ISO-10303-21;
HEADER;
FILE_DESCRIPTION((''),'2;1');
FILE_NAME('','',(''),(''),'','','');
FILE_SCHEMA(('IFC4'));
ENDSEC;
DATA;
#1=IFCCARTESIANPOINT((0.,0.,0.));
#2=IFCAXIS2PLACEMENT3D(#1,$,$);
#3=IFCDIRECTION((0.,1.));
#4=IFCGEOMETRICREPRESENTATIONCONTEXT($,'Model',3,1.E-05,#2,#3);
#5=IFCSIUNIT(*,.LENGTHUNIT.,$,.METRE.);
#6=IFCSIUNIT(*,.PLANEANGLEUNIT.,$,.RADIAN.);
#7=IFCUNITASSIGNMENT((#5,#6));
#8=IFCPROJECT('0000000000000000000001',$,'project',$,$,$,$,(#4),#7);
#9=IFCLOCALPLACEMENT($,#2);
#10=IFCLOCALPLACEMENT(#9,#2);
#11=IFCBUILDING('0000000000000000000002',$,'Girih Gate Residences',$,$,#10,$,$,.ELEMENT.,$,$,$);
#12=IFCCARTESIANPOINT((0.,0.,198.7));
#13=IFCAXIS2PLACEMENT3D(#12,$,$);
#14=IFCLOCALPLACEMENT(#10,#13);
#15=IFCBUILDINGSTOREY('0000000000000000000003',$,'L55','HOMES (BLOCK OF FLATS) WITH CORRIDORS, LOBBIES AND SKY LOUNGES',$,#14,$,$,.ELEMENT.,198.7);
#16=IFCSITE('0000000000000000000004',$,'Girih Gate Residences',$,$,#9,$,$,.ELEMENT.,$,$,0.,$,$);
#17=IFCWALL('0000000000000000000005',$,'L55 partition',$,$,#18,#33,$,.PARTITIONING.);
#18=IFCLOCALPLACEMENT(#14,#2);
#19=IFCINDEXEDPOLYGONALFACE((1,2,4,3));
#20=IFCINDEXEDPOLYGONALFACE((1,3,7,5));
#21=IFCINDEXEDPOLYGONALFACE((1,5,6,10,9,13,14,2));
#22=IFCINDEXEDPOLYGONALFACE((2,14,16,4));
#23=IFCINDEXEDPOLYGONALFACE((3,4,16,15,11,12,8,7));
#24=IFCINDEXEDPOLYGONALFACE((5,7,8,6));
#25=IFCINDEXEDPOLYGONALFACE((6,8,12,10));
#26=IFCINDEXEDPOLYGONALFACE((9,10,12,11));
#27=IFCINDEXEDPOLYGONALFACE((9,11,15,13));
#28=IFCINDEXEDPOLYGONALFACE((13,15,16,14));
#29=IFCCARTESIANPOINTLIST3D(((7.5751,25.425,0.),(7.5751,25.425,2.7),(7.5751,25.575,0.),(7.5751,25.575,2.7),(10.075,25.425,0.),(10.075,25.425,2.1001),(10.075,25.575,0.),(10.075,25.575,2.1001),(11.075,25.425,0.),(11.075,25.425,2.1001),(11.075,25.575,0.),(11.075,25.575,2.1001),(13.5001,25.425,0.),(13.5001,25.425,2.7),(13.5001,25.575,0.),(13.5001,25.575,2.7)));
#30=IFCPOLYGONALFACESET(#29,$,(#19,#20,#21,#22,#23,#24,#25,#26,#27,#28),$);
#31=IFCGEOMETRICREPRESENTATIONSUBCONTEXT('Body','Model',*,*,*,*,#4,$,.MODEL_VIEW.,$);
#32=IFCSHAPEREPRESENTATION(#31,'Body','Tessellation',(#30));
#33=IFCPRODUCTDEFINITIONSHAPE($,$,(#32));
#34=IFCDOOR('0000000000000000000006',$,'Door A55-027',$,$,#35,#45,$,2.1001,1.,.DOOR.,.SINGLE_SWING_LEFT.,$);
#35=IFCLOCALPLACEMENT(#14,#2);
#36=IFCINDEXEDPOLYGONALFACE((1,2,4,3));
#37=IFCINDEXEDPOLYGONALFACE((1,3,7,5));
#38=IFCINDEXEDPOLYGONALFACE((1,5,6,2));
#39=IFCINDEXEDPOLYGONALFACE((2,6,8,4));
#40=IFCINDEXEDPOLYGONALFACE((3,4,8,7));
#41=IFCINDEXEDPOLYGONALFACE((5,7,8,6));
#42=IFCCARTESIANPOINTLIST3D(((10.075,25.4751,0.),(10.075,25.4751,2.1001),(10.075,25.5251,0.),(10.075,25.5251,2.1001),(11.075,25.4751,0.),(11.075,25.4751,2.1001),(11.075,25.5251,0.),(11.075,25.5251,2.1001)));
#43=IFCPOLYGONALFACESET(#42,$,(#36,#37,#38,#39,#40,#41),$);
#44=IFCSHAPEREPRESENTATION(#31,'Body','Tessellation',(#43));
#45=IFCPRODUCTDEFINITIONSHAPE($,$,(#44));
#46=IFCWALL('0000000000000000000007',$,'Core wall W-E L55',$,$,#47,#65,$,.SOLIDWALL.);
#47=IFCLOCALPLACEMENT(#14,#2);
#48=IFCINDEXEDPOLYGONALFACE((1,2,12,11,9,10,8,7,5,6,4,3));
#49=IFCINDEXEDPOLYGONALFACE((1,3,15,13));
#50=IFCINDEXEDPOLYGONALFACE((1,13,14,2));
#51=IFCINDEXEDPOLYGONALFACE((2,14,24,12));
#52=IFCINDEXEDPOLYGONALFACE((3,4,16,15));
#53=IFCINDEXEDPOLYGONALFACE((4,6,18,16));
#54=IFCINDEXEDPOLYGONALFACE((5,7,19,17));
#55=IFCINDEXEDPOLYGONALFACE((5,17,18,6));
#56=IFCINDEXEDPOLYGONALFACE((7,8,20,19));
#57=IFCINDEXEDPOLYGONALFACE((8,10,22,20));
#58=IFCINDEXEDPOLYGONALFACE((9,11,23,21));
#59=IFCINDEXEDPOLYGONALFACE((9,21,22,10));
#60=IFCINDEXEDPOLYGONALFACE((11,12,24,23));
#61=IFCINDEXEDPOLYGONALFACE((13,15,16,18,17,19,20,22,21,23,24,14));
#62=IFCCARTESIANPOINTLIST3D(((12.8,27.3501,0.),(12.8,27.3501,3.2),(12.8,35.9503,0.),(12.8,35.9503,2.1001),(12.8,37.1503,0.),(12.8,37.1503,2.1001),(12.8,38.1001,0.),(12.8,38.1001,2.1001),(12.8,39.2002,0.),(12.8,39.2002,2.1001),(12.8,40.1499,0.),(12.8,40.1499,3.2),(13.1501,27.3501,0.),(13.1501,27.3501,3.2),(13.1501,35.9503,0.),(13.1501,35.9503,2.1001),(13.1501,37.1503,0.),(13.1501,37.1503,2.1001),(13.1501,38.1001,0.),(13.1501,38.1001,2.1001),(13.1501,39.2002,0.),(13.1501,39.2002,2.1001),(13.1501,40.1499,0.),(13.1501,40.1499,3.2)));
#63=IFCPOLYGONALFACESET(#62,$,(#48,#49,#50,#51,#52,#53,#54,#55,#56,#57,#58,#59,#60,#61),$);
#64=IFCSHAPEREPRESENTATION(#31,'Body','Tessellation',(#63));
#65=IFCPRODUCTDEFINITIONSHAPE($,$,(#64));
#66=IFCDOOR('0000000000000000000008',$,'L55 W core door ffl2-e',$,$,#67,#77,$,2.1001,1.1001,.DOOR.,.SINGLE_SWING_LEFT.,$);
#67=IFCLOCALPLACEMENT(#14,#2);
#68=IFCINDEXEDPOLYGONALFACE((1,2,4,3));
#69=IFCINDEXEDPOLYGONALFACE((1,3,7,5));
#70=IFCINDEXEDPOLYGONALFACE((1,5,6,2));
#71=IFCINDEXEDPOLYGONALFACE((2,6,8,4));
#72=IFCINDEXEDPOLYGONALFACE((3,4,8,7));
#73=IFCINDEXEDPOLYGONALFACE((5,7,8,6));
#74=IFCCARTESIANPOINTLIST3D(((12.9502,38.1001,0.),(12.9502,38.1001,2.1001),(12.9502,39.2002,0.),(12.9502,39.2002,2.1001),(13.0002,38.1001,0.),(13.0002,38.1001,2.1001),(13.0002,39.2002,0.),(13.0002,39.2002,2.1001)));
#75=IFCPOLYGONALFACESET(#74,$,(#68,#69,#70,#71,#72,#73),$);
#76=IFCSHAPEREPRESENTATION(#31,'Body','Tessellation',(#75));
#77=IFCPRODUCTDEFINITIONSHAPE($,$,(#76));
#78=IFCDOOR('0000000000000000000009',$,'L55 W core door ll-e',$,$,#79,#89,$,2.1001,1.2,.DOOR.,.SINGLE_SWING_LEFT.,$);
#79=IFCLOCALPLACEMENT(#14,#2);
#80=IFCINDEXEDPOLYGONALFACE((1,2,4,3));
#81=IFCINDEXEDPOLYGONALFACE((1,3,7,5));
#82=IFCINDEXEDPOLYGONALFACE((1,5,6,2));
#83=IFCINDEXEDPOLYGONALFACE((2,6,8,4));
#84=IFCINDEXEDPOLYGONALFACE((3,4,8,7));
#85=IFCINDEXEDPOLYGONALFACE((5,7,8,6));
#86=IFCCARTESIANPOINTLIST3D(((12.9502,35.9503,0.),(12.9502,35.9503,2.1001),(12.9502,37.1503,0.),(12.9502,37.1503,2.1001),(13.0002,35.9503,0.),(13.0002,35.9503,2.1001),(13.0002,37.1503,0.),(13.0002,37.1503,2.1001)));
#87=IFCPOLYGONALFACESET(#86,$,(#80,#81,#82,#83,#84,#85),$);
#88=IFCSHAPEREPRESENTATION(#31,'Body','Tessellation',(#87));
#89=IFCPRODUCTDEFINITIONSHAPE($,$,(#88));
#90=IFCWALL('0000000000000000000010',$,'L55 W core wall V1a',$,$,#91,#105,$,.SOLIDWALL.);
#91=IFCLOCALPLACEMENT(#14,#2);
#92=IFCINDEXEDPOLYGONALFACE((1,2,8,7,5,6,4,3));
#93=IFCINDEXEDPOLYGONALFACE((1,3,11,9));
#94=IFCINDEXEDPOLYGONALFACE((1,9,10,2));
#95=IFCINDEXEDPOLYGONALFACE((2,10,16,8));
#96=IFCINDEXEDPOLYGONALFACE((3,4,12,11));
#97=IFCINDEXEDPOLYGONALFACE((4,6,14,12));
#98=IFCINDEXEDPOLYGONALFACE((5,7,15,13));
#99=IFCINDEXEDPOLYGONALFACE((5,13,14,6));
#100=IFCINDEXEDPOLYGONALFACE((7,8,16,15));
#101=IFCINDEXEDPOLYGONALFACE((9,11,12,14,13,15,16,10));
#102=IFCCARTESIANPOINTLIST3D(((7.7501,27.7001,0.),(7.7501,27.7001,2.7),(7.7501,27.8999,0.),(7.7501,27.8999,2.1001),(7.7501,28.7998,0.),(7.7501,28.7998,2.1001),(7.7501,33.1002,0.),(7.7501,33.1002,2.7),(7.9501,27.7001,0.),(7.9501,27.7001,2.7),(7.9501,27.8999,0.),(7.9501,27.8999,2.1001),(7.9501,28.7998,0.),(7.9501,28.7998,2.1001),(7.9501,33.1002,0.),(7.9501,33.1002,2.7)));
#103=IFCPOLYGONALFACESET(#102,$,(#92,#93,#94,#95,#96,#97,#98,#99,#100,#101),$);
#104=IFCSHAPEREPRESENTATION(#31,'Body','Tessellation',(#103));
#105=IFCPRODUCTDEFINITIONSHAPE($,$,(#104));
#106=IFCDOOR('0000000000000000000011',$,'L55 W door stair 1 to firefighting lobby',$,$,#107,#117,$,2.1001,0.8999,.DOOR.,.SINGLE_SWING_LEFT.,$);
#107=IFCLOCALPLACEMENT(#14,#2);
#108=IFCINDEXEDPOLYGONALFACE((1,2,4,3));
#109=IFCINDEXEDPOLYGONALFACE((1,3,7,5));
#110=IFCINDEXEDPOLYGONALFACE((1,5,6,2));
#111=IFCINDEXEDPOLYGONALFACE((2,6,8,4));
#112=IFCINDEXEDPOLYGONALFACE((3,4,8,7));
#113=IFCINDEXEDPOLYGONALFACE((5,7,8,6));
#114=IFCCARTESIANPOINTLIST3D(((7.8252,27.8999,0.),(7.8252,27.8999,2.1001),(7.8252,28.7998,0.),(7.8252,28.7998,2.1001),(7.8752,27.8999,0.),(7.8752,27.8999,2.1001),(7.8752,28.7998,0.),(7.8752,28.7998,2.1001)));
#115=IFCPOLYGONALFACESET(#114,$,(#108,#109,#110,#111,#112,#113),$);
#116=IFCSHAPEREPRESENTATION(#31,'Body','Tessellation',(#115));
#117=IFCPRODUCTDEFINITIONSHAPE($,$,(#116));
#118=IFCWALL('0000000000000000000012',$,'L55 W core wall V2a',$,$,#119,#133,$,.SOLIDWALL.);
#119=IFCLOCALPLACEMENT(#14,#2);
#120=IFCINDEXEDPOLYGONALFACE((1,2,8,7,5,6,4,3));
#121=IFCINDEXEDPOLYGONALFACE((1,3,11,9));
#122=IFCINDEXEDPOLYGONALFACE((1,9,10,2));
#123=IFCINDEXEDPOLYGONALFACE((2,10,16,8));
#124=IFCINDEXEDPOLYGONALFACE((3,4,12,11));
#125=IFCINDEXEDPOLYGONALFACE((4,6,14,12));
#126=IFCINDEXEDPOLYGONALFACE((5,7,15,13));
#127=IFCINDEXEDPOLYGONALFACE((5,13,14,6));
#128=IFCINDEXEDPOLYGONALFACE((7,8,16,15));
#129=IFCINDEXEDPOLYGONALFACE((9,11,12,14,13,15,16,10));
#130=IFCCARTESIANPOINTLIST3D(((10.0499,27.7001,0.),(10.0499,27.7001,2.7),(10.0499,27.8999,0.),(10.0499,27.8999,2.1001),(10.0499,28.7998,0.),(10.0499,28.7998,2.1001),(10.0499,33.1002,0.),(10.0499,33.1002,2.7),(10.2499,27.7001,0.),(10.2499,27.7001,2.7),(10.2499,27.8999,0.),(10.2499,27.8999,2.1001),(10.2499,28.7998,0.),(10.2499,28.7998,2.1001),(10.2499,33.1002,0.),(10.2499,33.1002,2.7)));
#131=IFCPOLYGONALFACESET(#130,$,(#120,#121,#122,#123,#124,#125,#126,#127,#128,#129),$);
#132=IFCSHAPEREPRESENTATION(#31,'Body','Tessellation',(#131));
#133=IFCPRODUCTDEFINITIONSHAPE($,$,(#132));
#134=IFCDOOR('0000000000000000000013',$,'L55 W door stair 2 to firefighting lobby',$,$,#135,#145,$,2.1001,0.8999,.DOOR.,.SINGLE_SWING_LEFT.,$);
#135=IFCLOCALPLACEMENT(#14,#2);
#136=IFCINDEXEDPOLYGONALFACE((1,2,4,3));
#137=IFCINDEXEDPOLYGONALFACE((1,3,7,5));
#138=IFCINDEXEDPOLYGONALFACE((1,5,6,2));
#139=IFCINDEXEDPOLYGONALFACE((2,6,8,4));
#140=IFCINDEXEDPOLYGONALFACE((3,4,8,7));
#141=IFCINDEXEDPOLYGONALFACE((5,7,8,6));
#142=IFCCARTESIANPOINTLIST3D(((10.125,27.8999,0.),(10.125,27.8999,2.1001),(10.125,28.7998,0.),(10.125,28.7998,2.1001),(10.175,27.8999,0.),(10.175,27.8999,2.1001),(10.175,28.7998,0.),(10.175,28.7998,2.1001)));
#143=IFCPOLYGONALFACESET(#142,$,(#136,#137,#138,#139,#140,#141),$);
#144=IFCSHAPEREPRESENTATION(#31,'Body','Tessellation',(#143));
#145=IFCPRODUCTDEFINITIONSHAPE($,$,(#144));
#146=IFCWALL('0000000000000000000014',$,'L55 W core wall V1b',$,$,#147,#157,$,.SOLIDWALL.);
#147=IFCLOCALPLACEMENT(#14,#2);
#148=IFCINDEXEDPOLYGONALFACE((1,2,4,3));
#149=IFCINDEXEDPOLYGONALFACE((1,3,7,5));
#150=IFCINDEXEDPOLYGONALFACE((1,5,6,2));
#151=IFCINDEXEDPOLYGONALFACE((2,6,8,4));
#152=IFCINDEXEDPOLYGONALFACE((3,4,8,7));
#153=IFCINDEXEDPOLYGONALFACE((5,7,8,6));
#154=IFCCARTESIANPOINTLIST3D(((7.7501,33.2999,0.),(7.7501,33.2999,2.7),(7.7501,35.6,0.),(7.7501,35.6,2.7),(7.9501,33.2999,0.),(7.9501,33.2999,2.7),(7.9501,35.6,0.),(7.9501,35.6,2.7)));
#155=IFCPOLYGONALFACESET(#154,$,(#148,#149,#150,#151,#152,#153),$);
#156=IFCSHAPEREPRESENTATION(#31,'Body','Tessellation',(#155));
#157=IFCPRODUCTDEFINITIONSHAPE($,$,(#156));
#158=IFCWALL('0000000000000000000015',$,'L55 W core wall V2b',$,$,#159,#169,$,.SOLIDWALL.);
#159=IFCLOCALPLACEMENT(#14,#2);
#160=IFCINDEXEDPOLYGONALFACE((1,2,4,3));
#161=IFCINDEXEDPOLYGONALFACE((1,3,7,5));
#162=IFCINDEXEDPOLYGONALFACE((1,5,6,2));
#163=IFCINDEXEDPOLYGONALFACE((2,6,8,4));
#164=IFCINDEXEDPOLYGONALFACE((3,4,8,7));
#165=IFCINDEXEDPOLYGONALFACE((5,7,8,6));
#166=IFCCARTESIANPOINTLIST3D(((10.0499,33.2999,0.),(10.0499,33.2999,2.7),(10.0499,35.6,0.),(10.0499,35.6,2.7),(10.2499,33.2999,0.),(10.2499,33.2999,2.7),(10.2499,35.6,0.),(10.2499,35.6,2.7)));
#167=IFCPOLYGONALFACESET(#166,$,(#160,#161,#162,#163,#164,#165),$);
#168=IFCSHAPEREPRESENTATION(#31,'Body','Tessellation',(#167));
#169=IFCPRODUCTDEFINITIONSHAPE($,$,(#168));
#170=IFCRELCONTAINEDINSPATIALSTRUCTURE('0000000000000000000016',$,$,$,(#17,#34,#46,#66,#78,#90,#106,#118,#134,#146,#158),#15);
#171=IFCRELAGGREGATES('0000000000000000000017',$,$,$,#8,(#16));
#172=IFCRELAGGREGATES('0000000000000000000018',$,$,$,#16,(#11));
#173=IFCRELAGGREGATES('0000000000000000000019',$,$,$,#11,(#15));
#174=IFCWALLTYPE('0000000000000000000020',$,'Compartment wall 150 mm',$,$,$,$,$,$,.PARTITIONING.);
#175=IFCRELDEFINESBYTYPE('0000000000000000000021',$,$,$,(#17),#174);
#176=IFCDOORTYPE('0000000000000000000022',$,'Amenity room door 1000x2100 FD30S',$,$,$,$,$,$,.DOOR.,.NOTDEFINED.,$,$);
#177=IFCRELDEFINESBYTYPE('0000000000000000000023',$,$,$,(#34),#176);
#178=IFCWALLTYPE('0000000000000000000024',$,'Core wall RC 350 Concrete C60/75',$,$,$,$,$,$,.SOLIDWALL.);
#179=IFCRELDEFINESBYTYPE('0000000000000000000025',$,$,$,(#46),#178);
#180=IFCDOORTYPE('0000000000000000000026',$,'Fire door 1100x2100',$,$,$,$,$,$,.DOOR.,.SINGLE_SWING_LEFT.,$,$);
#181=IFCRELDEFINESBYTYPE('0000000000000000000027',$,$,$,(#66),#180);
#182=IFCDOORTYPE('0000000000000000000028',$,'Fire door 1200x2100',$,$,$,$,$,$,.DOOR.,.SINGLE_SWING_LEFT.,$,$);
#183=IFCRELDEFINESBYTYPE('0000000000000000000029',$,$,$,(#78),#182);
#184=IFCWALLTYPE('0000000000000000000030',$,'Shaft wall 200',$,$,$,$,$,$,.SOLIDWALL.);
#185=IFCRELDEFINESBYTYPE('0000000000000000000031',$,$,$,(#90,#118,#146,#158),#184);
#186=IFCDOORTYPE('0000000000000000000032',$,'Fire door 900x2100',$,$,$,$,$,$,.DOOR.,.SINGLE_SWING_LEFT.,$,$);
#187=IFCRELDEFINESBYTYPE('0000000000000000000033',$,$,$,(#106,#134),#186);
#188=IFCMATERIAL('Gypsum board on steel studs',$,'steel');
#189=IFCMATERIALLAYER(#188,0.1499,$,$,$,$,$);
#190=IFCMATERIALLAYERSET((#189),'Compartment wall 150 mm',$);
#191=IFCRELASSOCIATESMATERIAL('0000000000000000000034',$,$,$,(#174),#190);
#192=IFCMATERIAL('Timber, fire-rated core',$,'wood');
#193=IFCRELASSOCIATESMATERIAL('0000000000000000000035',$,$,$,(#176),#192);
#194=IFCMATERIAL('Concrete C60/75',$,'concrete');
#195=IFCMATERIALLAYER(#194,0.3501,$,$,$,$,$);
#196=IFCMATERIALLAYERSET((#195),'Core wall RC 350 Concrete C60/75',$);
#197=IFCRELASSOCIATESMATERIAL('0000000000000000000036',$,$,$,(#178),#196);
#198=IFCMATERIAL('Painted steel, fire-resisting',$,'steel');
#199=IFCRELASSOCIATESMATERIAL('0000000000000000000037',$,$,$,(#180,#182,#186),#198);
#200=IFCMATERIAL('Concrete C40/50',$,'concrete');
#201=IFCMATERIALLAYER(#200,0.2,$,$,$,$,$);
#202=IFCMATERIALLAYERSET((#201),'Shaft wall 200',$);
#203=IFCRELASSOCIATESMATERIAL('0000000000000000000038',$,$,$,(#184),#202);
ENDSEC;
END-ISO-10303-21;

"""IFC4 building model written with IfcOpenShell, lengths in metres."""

from ifc_helpers import new_model, si_unit, direction, frame, frame_2d, origin, place, context, subcontext, project, spatial, rectangle, extrude, material, layer, layer_set, type_object, element, fill, save


model = new_model("IFC4")

# Units and contexts
model_context = context("Model", 3, precision=1e-05, world=origin(), true_north=direction((0.0, 1.0)))
body_context = subcontext(model_context, "Body", "Model", "MODEL_VIEW")
ifc_project = project(units=[si_unit("LENGTHUNIT", "METRE"), si_unit("PLANEANGLEUNIT", "RADIAN")], contexts=[model_context])

# Site, building, storey
site_placement = place(None, origin())
site = spatial("IfcSite", under=ifc_project, at=site_placement, Name="Girih Gate Residences", CompositionType="ELEMENT", RefElevation=0.0)
building_placement = place(site_placement, origin())
building = spatial("IfcBuilding", under=site, at=building_placement, Name="Girih Gate Residences", CompositionType="ELEMENT")
storey_placement = place(building_placement, frame((0.0, 0.0, 198.7)))
storey = spatial("IfcBuildingStorey", under=building, at=storey_placement, Name="L55", Description="HOMES (BLOCK OF FLATS) WITH CORRIDORS, LOBBIES AND SKY LOUNGES", CompositionType="ELEMENT", Elevation=198.7)

# Wall, opening, door
ifc_material_1 = material(Name="Gypsum board on steel studs", Category="steel")
ifc_layer_1 = layer(ifc_material_1, 0.1499)
ifc_layer_set_1 = layer_set([ifc_layer_1], Name="Compartment wall 150 mm")
wall_type_1 = type_object("IfcWallType", Name="Compartment wall 150 mm", PredefinedType="PARTITIONING", material=ifc_layer_set_1)
wall_1_placement = place(storey_placement, frame((13.5, 25.5, 0.0), z_axis=(0.0, 0.0, 1.0), x_axis=(-1.0, 0.0, 0.0)))
wall_1 = element("IfcWall", 1, at=wall_1_placement, inside=storey, type_object=wall_type_1, Name="L55 partition", PredefinedType="PARTITIONING", context=body_context, shape_type="SweptSolid", body=[
    extrude(rectangle(XDim=5.925, YDim=0.1499, at=frame_2d((2.9624, 0.0))), origin(), (0.0, 0.0, 1.0), 2.7),
])
opening_1_placement = place(wall_1_placement, frame((2.425, 0.0, 0.0)))
opening_1 = element("IfcOpeningElement", 2, at=opening_1_placement, cuts=wall_1, PredefinedType="OPENING", context=body_context, shape_type="SweptSolid", body=[
    extrude(rectangle(XDim=1.0, YDim=2.1001, at=frame_2d((0.5, 1.05))), frame((0.0, 0.085, 0.0), z_axis=(0.0, -1.0, 0.0), x_axis=(1.0, 0.0, 0.0)), (0.0, 0.0, 1.0), 0.1699),
])
ifc_material_2 = material(Name="Timber, fire-rated core", Category="wood")
door_type_1 = type_object("IfcDoorType", Name="Amenity room door 1000x2100 FD30S", OperationType="NOTDEFINED", PredefinedType="DOOR", material=ifc_material_2)
door_1_placement = place(opening_1_placement, origin())
door_1 = element("IfcDoor", 3, at=door_1_placement, inside=storey, type_object=door_type_1, Name="Door A55-027", OperationType="SINGLE_SWING_LEFT", OverallHeight=2.1001, OverallWidth=1.0, PredefinedType="DOOR", context=body_context, shape_type="SweptSolid", body=[
    extrude(rectangle(XDim=1.0, YDim=2.1001, at=frame_2d((0.5, 1.05))), frame((0.0, 0.0249, 0.0), z_axis=(0.0, -1.0, 0.0), x_axis=(1.0, 0.0, 0.0)), (0.0, 0.0, 1.0), 0.05),
])
fill(opening_1, door_1)

# Wall, openings, doors
ifc_material_3 = material(Name="Concrete C60/75", Category="concrete")
ifc_layer_2 = layer(ifc_material_3, 0.3501)
ifc_layer_set_2 = layer_set([ifc_layer_2], Name="Core wall RC 350 Concrete C60/75")
wall_type_2 = type_object("IfcWallType", Name="Core wall RC 350 Concrete C60/75", PredefinedType="SOLIDWALL", material=ifc_layer_set_2)
wall_2_placement = place(storey_placement, frame((12.9751, 27.3501, 0.0), z_axis=(0.0, 0.0, 1.0), x_axis=(0.0, 1.0, 0.0)))
wall_2 = element("IfcWall", 4, at=wall_2_placement, inside=storey, type_object=wall_type_2, Name="Core wall W-E L55", PredefinedType="SOLIDWALL", context=body_context, shape_type="SweptSolid", body=[
    extrude(rectangle(XDim=12.7998, YDim=0.3501, at=frame_2d((6.3999, 0.0))), origin(), (0.0, 0.0, 1.0), 3.2),
])
opening_2_placement = place(wall_2_placement, frame((10.75, 0.0, 0.0)))
opening_2 = element("IfcOpeningElement", 5, at=opening_2_placement, cuts=wall_2, PredefinedType="OPENING", context=body_context, shape_type="SweptSolid", body=[
    extrude(rectangle(XDim=1.1001, YDim=2.1001, at=frame_2d((0.55, 1.05))), frame((0.0, 0.1851, 0.0), z_axis=(0.0, -1.0, 0.0), x_axis=(1.0, 0.0, 0.0)), (0.0, 0.0, 1.0), 0.3701),
])
opening_3_placement = place(wall_2_placement, frame((8.6001, 0.0, 0.0)))
opening_3 = element("IfcOpeningElement", 6, at=opening_3_placement, cuts=wall_2, PredefinedType="OPENING", context=body_context, shape_type="SweptSolid", body=[
    extrude(rectangle(XDim=1.2, YDim=2.1001, at=frame_2d((0.6001, 1.05))), frame((0.0, 0.1851, 0.0), z_axis=(0.0, -1.0, 0.0), x_axis=(1.0, 0.0, 0.0)), (0.0, 0.0, 1.0), 0.3701),
])
ifc_material_4 = material(Name="Painted steel, fire-resisting", Category="steel")
door_type_2 = type_object("IfcDoorType", Name="Fire door 1100x2100", OperationType="SINGLE_SWING_LEFT", PredefinedType="DOOR", material=ifc_material_4)
door_2_placement = place(opening_2_placement, origin())
door_2 = element("IfcDoor", 7, at=door_2_placement, inside=storey, type_object=door_type_2, Name="L55 W core door ffl2-e", OperationType="SINGLE_SWING_LEFT", OverallHeight=2.1001, OverallWidth=1.1001, PredefinedType="DOOR", context=body_context, shape_type="SweptSolid", body=[
    extrude(rectangle(XDim=1.1001, YDim=2.1001, at=frame_2d((0.55, 1.05))), frame((0.0, 0.0249, 0.0), z_axis=(0.0, -1.0, 0.0), x_axis=(1.0, 0.0, 0.0)), (0.0, 0.0, 1.0), 0.05),
])
fill(opening_2, door_2)
door_type_3 = type_object("IfcDoorType", Name="Fire door 1200x2100", OperationType="SINGLE_SWING_LEFT", PredefinedType="DOOR", material=ifc_material_4)
door_3_placement = place(opening_3_placement, origin())
door_3 = element("IfcDoor", 8, at=door_3_placement, inside=storey, type_object=door_type_3, Name="L55 W core door ll-e", OperationType="SINGLE_SWING_LEFT", OverallHeight=2.1001, OverallWidth=1.2, PredefinedType="DOOR", context=body_context, shape_type="SweptSolid", body=[
    extrude(rectangle(XDim=1.2, YDim=2.1001, at=frame_2d((0.6001, 1.05))), frame((0.0, 0.0249, 0.0), z_axis=(0.0, -1.0, 0.0), x_axis=(1.0, 0.0, 0.0)), (0.0, 0.0, 1.0), 0.05),
])
fill(opening_3, door_3)

# Walls, openings, doors
ifc_material_5 = material(Name="Concrete C40/50", Category="concrete")
ifc_layer_3 = layer(ifc_material_5, 0.2)
ifc_layer_set_3 = layer_set([ifc_layer_3], Name="Shaft wall 200")
wall_type_3 = type_object("IfcWallType", Name="Shaft wall 200", PredefinedType="SOLIDWALL", material=ifc_layer_set_3)
wall_3_placement = place(storey_placement, frame((7.8501, 27.7, 0.0), z_axis=(0.0, 0.0, 1.0), x_axis=(0.0, 1.0, 0.0)))
wall_3 = element("IfcWall", 9, at=wall_3_placement, inside=storey, type_object=wall_type_3, Name="L55 W core wall V1a", PredefinedType="SOLIDWALL", context=body_context, shape_type="SweptSolid", body=[
    extrude(rectangle(XDim=5.4001, YDim=0.2, at=frame_2d((2.7002, 0.0))), origin(), (0.0, 0.0, 1.0), 2.7),
])
opening_4_placement = place(wall_3_placement, frame((0.2, 0.0, 0.0)))
opening_4 = element("IfcOpeningElement", 10, at=opening_4_placement, cuts=wall_3, PredefinedType="OPENING", context=body_context, shape_type="SweptSolid", body=[
    extrude(rectangle(XDim=0.8999, YDim=2.1001, at=frame_2d((0.45, 1.05))), frame((0.0, 0.1099, 0.0), z_axis=(0.0, -1.0, 0.0), x_axis=(1.0, 0.0, 0.0)), (0.0, 0.0, 1.0), 0.22),
])
door_type_4 = type_object("IfcDoorType", Name="Fire door 900x2100", OperationType="SINGLE_SWING_LEFT", PredefinedType="DOOR", material=ifc_material_4)
door_4_placement = place(opening_4_placement, origin())
door_4 = element("IfcDoor", 11, at=door_4_placement, inside=storey, type_object=door_type_4, Name="L55 W door stair 1 to firefighting lobby", OperationType="SINGLE_SWING_LEFT", OverallHeight=2.1001, OverallWidth=0.8999, PredefinedType="DOOR", context=body_context, shape_type="SweptSolid", body=[
    extrude(rectangle(XDim=0.8999, YDim=2.1001, at=frame_2d((0.45, 1.05))), frame((0.0, 0.0249, 0.0), z_axis=(0.0, -1.0, 0.0), x_axis=(1.0, 0.0, 0.0)), (0.0, 0.0, 1.0), 0.05),
])
fill(opening_4, door_4)
wall_4_placement = place(storey_placement, frame((10.1499, 27.7, 0.0), z_axis=(0.0, 0.0, 1.0), x_axis=(0.0, 1.0, 0.0)))
wall_4 = element("IfcWall", 12, at=wall_4_placement, inside=storey, type_object=wall_type_3, Name="L55 W core wall V2a", PredefinedType="SOLIDWALL", context=body_context, shape_type="SweptSolid", body=[
    extrude(rectangle(XDim=5.4001, YDim=0.2, at=frame_2d((2.7002, 0.0))), origin(), (0.0, 0.0, 1.0), 2.7),
])
opening_5_placement = place(wall_4_placement, frame((0.2, 0.0, 0.0)))
opening_5 = element("IfcOpeningElement", 13, at=opening_5_placement, cuts=wall_4, PredefinedType="OPENING", context=body_context, shape_type="SweptSolid", body=[
    extrude(rectangle(XDim=0.8999, YDim=2.1001, at=frame_2d((0.45, 1.05))), frame((0.0, 0.1099, 0.0), z_axis=(0.0, -1.0, 0.0), x_axis=(1.0, 0.0, 0.0)), (0.0, 0.0, 1.0), 0.22),
])
door_5_placement = place(opening_5_placement, origin())
door_5 = element("IfcDoor", 14, at=door_5_placement, inside=storey, type_object=door_type_4, Name="L55 W door stair 2 to firefighting lobby", OperationType="SINGLE_SWING_LEFT", OverallHeight=2.1001, OverallWidth=0.8999, PredefinedType="DOOR", context=body_context, shape_type="SweptSolid", body=[
    extrude(rectangle(XDim=0.8999, YDim=2.1001, at=frame_2d((0.45, 1.05))), frame((0.0, 0.0249, 0.0), z_axis=(0.0, -1.0, 0.0), x_axis=(1.0, 0.0, 0.0)), (0.0, 0.0, 1.0), 0.05),
])
fill(opening_5, door_5)

# Walls
for number, where, z_axis, x_axis, name in (
    (15, (7.8501, 33.3, 0.0), (0.0, 0.0, 1.0), (0.0, 1.0, 0.0), "L55 W core wall V1b"),
    (16, (10.1499, 33.3, 0.0), (0.0, 0.0, 1.0), (0.0, 1.0, 0.0), "L55 W core wall V2b"),
):
    element("IfcWall", number, at=place(storey_placement, frame(where, z_axis=z_axis, x_axis=x_axis)), inside=storey, type_object=wall_type_3, Name=name, PredefinedType="SOLIDWALL", context=body_context, shape_type="SweptSolid", body=[
        extrude(rectangle(XDim=2.3, YDim=0.2, at=frame_2d((1.1499, 0.0))), origin(), (0.0, 0.0, 1.0), 2.7),
    ])

save(model, "model.ifc")
